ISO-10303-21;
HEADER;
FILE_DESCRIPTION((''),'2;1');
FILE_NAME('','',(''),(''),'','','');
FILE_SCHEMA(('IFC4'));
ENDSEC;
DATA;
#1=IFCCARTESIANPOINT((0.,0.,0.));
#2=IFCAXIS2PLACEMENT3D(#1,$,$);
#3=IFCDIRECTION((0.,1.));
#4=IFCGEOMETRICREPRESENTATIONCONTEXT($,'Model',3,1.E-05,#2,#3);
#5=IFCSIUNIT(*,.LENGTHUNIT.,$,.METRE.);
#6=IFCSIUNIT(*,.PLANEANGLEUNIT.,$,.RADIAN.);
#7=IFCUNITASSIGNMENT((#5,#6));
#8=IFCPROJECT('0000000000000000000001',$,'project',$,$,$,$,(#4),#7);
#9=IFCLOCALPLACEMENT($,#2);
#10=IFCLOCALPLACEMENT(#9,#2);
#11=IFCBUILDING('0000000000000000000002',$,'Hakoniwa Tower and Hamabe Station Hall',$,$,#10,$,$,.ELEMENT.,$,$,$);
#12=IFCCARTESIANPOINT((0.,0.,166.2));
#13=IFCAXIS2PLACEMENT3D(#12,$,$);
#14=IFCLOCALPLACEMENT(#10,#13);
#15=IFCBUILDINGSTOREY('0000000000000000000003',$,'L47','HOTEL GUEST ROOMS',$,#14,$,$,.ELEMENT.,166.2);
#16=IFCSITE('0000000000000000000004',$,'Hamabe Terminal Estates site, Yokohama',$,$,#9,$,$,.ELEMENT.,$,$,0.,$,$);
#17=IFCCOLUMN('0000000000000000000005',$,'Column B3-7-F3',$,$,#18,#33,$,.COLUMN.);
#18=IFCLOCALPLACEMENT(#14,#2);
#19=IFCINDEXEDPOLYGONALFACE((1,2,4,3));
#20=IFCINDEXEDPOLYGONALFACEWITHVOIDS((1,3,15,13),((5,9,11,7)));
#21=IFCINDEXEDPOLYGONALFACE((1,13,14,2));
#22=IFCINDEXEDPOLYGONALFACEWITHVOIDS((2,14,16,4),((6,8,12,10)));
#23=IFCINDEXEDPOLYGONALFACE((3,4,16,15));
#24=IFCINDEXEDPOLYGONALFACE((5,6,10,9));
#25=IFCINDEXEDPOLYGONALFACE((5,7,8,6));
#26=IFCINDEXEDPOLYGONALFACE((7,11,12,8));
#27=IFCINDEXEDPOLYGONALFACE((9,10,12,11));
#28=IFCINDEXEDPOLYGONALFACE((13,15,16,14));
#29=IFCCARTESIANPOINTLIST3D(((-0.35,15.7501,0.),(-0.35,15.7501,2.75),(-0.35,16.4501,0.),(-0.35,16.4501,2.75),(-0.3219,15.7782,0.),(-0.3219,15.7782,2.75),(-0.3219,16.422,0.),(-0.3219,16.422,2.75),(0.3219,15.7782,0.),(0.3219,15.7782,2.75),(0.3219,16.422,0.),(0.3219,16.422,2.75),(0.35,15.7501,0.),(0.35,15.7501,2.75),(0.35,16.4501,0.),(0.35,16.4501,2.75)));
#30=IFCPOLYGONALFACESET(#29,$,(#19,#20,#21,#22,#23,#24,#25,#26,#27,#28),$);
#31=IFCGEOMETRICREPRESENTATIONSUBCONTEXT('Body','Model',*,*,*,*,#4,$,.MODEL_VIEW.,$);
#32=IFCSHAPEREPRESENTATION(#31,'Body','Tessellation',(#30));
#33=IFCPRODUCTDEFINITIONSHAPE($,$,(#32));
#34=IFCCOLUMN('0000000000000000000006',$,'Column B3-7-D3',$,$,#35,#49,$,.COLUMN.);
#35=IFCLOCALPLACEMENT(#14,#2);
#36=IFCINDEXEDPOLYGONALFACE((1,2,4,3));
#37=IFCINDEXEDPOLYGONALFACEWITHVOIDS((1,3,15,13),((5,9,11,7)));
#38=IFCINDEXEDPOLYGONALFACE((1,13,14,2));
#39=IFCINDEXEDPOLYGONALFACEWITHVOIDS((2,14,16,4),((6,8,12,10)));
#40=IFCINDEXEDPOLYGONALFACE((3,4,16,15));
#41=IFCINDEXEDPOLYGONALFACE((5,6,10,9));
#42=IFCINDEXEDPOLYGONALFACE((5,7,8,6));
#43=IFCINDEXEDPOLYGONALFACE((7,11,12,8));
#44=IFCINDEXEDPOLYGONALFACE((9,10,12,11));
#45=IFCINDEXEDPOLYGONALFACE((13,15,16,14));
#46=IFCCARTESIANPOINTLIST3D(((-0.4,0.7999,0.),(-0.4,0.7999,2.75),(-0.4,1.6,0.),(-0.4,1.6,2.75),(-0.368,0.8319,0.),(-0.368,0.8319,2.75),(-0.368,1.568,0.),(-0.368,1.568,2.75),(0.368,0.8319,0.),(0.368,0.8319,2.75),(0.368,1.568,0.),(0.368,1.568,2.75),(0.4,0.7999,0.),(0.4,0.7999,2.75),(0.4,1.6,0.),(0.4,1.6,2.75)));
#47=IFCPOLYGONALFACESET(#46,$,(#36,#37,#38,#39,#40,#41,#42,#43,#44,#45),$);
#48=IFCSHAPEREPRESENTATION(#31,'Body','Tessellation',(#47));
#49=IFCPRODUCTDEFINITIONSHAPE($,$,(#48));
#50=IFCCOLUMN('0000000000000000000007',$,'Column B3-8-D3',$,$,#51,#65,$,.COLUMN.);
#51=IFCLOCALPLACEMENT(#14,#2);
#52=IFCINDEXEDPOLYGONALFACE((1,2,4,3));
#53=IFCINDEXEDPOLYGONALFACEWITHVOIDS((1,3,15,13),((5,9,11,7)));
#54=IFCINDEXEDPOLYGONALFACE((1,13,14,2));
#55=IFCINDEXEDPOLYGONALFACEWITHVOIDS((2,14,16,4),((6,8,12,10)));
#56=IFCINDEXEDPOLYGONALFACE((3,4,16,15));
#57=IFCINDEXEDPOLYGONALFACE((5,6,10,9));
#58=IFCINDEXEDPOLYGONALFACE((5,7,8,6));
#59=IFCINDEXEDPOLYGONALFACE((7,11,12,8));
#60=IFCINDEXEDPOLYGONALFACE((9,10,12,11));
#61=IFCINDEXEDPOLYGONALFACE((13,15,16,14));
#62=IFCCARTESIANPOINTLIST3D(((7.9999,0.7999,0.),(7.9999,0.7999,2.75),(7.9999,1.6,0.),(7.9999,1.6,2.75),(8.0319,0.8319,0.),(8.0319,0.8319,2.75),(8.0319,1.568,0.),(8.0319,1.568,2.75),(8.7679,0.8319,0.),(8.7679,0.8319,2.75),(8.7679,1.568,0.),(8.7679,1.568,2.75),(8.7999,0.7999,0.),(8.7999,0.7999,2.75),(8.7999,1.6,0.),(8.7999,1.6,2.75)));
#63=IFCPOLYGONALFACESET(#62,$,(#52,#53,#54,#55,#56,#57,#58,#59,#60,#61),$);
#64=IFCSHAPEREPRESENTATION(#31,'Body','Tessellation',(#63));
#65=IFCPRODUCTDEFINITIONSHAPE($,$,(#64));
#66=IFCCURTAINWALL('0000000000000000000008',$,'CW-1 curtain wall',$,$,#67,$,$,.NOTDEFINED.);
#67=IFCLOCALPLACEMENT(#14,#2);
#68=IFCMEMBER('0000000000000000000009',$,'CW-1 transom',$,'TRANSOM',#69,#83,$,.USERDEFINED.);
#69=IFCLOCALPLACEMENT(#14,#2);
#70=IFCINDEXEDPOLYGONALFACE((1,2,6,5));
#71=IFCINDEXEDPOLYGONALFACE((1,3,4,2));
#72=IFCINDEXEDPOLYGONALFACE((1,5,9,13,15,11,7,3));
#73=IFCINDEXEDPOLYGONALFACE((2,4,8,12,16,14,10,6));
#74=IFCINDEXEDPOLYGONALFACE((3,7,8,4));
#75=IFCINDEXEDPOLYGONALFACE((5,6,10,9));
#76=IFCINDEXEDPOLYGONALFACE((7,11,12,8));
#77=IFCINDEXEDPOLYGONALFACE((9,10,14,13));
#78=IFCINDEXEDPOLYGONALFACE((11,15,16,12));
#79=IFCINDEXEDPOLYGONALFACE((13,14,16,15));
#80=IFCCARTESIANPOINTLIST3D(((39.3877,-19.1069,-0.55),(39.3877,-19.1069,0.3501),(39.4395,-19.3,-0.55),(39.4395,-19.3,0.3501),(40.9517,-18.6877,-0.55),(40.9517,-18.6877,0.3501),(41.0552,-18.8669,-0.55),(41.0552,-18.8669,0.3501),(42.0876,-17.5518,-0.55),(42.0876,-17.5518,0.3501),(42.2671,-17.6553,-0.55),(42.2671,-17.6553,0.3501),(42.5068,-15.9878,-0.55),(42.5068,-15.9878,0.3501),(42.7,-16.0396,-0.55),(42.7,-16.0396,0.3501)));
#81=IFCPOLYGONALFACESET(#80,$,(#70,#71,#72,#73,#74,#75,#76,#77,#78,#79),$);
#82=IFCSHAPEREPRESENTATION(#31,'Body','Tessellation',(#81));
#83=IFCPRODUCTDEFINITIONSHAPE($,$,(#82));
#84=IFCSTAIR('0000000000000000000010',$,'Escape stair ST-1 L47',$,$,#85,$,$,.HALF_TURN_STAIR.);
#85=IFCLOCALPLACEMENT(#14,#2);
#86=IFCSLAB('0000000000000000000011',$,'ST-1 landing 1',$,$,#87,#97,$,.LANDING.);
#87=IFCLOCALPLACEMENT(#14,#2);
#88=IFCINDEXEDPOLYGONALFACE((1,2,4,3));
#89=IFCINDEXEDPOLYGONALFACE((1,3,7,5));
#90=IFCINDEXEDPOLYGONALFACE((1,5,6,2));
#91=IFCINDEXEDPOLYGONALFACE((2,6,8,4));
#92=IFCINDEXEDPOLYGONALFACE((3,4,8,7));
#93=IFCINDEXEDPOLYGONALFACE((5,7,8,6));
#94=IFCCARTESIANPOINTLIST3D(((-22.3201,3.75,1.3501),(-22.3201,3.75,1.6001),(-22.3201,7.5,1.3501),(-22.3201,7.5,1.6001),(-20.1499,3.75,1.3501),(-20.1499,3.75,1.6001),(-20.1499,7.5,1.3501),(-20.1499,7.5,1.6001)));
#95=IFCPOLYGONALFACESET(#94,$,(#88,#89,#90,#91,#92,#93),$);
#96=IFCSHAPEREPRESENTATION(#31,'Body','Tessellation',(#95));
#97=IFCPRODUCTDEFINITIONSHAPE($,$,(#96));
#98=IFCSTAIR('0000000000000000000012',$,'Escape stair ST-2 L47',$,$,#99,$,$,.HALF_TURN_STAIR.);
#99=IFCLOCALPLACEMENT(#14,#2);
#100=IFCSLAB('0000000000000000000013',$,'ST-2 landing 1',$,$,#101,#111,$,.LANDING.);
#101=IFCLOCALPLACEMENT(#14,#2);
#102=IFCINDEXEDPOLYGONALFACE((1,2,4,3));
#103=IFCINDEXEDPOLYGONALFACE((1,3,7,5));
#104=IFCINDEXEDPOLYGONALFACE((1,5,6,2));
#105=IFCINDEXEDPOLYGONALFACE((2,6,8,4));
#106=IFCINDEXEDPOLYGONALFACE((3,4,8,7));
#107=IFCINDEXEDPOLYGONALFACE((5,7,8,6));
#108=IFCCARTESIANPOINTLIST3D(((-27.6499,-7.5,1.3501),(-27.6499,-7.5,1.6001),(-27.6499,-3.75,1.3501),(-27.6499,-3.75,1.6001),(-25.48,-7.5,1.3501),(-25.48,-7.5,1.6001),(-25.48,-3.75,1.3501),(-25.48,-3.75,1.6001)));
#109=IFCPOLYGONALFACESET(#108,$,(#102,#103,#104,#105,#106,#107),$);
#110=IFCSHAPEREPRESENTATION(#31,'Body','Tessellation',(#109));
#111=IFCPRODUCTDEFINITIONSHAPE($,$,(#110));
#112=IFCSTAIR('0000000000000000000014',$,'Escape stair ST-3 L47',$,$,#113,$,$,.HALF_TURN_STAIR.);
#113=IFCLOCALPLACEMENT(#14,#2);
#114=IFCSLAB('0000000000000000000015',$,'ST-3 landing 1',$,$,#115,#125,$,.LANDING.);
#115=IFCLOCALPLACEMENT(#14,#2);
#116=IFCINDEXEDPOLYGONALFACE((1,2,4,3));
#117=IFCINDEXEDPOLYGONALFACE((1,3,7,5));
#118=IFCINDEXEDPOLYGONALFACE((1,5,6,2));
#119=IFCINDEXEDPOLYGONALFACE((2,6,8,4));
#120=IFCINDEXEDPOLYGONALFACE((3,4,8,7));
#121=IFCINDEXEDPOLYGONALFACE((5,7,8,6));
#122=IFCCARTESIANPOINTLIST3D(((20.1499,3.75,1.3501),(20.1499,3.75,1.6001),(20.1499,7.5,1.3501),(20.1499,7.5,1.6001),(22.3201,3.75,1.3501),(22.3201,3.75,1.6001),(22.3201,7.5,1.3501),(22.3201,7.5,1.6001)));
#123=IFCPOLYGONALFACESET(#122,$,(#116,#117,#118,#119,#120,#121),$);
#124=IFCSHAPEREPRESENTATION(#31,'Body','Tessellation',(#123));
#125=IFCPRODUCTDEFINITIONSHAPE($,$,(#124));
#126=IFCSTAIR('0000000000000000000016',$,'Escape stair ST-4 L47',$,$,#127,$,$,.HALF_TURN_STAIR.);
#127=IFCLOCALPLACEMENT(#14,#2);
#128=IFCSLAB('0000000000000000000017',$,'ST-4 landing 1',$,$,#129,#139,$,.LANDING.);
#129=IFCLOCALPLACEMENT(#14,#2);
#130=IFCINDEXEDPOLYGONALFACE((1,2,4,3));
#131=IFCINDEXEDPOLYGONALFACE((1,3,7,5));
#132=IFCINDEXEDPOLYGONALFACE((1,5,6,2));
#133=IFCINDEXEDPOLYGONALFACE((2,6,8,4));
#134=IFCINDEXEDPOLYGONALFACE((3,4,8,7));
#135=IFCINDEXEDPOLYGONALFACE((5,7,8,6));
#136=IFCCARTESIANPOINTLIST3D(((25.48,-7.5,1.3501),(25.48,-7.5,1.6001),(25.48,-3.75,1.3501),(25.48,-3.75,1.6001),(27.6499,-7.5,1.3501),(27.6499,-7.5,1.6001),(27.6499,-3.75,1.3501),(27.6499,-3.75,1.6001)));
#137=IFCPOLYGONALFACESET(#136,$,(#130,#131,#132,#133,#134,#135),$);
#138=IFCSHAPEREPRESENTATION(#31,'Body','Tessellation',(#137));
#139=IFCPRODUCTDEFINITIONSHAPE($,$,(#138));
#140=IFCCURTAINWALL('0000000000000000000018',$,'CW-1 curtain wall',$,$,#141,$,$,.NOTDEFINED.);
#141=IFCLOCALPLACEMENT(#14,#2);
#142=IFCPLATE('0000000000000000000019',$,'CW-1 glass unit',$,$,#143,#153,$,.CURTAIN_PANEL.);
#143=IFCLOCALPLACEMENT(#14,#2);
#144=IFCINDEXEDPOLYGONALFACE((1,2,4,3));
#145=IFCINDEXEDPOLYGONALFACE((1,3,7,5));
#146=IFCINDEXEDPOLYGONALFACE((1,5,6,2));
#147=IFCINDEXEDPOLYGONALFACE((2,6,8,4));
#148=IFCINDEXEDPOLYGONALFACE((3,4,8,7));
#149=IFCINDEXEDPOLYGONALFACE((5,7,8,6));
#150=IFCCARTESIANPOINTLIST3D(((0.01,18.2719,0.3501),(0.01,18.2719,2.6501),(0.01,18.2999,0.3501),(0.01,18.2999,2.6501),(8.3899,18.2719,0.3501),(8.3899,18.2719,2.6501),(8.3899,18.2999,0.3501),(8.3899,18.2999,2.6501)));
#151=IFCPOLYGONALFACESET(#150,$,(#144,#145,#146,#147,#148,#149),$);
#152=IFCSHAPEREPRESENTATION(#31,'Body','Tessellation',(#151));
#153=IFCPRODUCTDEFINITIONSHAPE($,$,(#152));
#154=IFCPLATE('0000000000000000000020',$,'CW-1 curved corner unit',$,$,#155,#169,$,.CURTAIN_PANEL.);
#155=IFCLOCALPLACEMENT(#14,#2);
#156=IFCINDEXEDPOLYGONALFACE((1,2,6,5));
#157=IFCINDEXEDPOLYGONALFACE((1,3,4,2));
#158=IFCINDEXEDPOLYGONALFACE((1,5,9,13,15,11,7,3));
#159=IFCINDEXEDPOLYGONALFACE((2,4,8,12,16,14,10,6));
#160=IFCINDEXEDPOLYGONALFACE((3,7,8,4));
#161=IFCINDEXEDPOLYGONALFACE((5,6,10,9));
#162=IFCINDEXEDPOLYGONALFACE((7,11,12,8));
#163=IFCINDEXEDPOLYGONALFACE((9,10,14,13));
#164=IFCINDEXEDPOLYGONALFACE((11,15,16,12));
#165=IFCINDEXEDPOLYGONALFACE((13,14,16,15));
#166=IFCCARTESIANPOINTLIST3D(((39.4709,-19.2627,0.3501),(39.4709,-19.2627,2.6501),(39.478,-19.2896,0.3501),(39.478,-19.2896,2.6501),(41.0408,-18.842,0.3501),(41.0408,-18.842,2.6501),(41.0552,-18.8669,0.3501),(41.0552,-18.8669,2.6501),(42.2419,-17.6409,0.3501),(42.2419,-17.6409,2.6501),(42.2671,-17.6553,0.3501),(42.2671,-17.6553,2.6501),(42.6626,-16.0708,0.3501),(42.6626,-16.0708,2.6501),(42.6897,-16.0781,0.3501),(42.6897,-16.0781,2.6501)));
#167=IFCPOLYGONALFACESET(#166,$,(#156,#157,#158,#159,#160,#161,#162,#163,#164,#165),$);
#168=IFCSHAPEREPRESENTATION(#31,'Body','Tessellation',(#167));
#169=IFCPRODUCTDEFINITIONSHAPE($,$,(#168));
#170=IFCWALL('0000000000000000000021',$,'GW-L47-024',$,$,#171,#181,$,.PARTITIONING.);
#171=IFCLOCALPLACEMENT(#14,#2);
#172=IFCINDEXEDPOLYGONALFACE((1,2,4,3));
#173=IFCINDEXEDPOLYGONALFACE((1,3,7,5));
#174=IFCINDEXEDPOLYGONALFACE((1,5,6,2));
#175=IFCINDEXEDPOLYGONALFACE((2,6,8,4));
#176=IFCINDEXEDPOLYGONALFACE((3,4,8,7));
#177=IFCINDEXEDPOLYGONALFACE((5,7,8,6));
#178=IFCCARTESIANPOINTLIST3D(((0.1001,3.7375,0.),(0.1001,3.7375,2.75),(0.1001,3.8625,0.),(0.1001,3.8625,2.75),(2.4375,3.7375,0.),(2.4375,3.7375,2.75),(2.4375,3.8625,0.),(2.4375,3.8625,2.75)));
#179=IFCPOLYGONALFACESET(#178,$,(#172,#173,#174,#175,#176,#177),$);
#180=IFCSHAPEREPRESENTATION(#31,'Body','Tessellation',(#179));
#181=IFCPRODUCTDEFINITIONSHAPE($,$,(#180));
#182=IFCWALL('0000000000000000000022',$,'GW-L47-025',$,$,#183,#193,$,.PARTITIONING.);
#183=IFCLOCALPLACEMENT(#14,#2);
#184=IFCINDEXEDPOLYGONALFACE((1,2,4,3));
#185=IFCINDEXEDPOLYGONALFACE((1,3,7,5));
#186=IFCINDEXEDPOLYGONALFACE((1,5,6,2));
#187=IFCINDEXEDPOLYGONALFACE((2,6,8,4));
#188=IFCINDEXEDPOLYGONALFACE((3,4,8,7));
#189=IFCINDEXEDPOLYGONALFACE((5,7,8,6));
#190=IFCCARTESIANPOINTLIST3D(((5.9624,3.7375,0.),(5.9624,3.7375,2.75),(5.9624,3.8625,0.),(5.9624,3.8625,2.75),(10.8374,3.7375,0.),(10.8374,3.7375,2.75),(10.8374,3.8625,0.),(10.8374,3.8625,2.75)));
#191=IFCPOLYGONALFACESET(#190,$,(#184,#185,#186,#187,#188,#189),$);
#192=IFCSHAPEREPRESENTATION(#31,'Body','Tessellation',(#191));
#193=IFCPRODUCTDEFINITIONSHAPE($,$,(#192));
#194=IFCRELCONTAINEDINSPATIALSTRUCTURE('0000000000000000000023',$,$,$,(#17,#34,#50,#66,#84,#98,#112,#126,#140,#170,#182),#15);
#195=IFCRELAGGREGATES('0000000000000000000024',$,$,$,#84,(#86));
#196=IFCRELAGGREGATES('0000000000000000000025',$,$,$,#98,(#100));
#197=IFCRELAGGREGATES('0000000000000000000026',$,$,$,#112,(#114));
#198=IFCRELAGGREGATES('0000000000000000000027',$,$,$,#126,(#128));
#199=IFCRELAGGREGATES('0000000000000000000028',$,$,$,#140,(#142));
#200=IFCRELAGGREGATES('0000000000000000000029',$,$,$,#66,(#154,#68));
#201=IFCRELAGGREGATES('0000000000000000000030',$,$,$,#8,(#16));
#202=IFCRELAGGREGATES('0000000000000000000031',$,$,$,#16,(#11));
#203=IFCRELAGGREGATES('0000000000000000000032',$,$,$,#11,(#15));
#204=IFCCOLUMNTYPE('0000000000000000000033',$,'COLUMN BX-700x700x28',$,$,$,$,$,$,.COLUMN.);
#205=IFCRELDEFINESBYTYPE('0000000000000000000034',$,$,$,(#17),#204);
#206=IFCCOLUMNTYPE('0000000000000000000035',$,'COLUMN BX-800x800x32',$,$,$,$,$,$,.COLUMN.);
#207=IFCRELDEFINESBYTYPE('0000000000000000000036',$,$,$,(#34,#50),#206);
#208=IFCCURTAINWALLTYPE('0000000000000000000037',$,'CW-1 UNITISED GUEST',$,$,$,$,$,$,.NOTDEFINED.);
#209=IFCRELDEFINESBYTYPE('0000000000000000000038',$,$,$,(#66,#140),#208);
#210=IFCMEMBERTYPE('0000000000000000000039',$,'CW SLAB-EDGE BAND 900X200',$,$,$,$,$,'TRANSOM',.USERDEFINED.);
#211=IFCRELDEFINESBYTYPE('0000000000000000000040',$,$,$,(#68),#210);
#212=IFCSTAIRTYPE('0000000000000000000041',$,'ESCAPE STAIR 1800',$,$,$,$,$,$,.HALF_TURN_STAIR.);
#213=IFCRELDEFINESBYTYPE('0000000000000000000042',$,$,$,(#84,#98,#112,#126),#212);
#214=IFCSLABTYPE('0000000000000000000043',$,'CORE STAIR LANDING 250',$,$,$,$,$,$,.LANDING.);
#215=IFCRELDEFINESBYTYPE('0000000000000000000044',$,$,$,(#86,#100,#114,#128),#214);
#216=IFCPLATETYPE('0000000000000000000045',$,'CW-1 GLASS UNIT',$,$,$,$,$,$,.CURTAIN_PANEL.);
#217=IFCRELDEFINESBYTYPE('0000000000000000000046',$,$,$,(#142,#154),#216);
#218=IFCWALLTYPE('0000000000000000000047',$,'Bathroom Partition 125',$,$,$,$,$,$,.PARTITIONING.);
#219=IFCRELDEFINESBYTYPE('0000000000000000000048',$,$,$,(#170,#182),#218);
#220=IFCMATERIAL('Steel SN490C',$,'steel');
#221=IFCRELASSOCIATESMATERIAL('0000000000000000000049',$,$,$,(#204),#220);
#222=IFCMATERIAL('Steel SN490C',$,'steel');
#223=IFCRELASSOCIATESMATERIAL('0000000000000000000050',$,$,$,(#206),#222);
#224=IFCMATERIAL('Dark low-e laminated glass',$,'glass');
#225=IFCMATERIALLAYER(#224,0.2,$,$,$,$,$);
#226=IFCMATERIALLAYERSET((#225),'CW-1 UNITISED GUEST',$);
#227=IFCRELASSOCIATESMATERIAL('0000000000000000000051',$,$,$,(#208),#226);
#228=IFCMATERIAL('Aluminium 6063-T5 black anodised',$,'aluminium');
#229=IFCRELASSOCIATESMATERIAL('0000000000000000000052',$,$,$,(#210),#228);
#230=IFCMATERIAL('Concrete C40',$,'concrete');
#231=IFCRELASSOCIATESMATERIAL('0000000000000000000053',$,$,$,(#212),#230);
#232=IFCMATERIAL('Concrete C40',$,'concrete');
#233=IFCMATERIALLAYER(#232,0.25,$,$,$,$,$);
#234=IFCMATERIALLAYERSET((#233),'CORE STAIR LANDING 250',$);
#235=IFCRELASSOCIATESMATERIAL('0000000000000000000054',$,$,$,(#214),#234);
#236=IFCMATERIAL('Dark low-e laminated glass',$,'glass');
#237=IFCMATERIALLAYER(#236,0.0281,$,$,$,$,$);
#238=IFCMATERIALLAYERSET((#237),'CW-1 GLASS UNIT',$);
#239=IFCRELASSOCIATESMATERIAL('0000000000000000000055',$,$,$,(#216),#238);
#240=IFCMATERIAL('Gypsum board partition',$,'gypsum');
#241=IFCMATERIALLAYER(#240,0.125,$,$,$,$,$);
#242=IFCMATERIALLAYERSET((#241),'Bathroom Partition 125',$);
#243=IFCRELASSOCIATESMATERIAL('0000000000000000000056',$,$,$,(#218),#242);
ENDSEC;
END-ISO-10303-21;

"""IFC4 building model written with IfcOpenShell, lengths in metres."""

from ifc_helpers import new_model, si_unit, direction, frame, frame_2d, origin, origin_2d, place, context, subcontext, project, spatial, polyline, rectangle, hollow_rectangle, outline, extrude, material, layer, layer_set, material_profile, profile_set, type_object, element, aggregate, save


model = new_model("IFC4")

# Units and contexts
model_context = context("Model", 3, precision=1e-05, world=origin(), true_north=direction((0.0, 1.0)))
body_context = subcontext(model_context, "Body", "Model", "MODEL_VIEW")
ifc_project = project(units=[si_unit("LENGTHUNIT", "METRE"), si_unit("PLANEANGLEUNIT", "RADIAN")], contexts=[model_context])

# Site, building, storey
site_placement = place(None, origin())
site = spatial("IfcSite", under=ifc_project, at=site_placement, Name="Hamabe Terminal Estates site, Yokohama", CompositionType="ELEMENT", RefElevation=0.0)
building_placement = place(site_placement, origin())
building = spatial("IfcBuilding", under=site, at=building_placement, Name="Hakoniwa Tower and Hamabe Station Hall", CompositionType="ELEMENT")
storey_placement = place(building_placement, frame((0.0, 0.0, 166.2)))
storey = spatial("IfcBuildingStorey", under=building, at=storey_placement, Name="L47", Description="HOTEL GUEST ROOMS", CompositionType="ELEMENT", Elevation=166.2)

# Columns
ifc_material_1 = material(Name="Steel SN490C", Category="steel")
ifc_material_profile_1 = material_profile(ifc_material_1, hollow_rectangle(XDim=0.7, YDim=0.7, WallThickness=0.0281, at=origin_2d()), Name="BX-700x700x28")
ifc_profile_set_1 = profile_set([ifc_material_profile_1], Name="Steel SN490C")
column_type_1 = type_object("IfcColumnType", Name="COLUMN BX-700x700x28", PredefinedType="COLUMN", material=ifc_profile_set_1)
column_placement = place(storey_placement, frame((0.0, 16.1001, 0.0), z_axis=(0.0, 0.0, 1.0), x_axis=(1.0, 0.0, 0.0)))
element("IfcColumn", 1, at=column_placement, inside=storey, type_object=column_type_1, Name="Column B3-7-F3", PredefinedType="COLUMN", context=body_context, shape_type="SweptSolid", body=[
    extrude(hollow_rectangle(XDim=0.7, YDim=0.7, WallThickness=0.0281, at=origin_2d()), origin(), (0.0, 0.0, 1.0), 2.75),
])
ifc_material_2 = material(Name="Steel SN490C", Category="steel")
ifc_material_profile_2 = material_profile(ifc_material_2, hollow_rectangle(XDim=0.8, YDim=0.8, WallThickness=0.032, at=origin_2d()), Name="BX-800x800x32")
ifc_profile_set_2 = profile_set([ifc_material_profile_2], Name="Steel SN490C")
column_type_2 = type_object("IfcColumnType", Name="COLUMN BX-800x800x32", PredefinedType="COLUMN", material=ifc_profile_set_2)
for number, where, z_axis, x_axis, name in (
    (2, (0.0, 1.2, 0.0), (0.0, 0.0, 1.0), (1.0, 0.0, 0.0), "Column B3-7-D3"),
    (3, (8.3999, 1.2, 0.0), (0.0, 0.0, 1.0), (1.0, 0.0, 0.0), "Column B3-8-D3"),
):
    element("IfcColumn", number, at=place(storey_placement, frame(where, z_axis=z_axis, x_axis=x_axis)), inside=storey, type_object=column_type_2, Name=name, PredefinedType="COLUMN", context=body_context, shape_type="SweptSolid", body=[
        extrude(hollow_rectangle(XDim=0.8, YDim=0.8, WallThickness=0.032, at=origin_2d()), origin(), (0.0, 0.0, 1.0), 2.75),
    ])

# Curtain wall, member
ifc_material_3 = material(Name="Dark low-e laminated glass", Category="glass")
ifc_layer_1 = layer(ifc_material_3, 0.2)
ifc_layer_set_1 = layer_set([ifc_layer_1], Name="CW-1 UNITISED GUEST")
curtain_wall_type = type_object("IfcCurtainWallType", Name="CW-1 UNITISED GUEST", PredefinedType="NOTDEFINED", material=ifc_layer_set_1)
curtain_wall_1_placement = place(storey_placement, origin())
curtain_wall_1 = element("IfcCurtainWall", 4, at=curtain_wall_1_placement, inside=storey, type_object=curtain_wall_type, Name="CW-1 curtain wall", PredefinedType="NOTDEFINED")
ifc_material_4 = material(Name="Aluminium 6063-T5 black anodised", Category="aluminium")
ifc_material_profile_3 = material_profile(ifc_material_4, rectangle(XDim=0.2, YDim=0.8999, at=origin_2d()), Name="CW SLAB-EDGE BAND 900X200")
ifc_profile_set_3 = profile_set([ifc_material_profile_3], Name="Aluminium 6063-T5 black anodised")
member_type = type_object("IfcMemberType", Name="CW SLAB-EDGE BAND 900X200", ElementType="TRANSOM", PredefinedType="USERDEFINED", material=ifc_profile_set_3)
member_placement = place(storey_placement, frame((0.0, 0.0, -0.55)))
member = element("IfcMember", 5, at=member_placement, type_object=member_type, Name="CW-1 transom", ObjectType="TRANSOM", PredefinedType="USERDEFINED", context=body_context, shape_type="SweptSolid", body=[
    extrude(outline(polyline([(39.4395, -19.3), (41.0552, -18.8669), (42.2671, -17.6553), (42.7, -16.0396), (42.5068, -15.9878), (42.0876, -17.5518), (40.9517, -18.6877), (39.3877, -19.1069), (39.4395, -19.3)])), origin(), (0.0, 0.0, 1.0), 0.9001),
])

# Stairs, slabs
ifc_material_5 = material(Name="Concrete C40", Category="concrete")
stair_type = type_object("IfcStairType", Name="ESCAPE STAIR 1800", PredefinedType="HALF_TURN_STAIR", material=ifc_material_5)
stair_1_placement = place(storey_placement, origin())
stair_1 = element("IfcStair", 6, at=stair_1_placement, inside=storey, type_object=stair_type, Name="Escape stair ST-1 L47", PredefinedType="HALF_TURN_STAIR")
ifc_material_6 = material(Name="Concrete C40", Category="concrete")
ifc_layer_2 = layer(ifc_material_6, 0.25)
ifc_layer_set_2 = layer_set([ifc_layer_2], Name="CORE STAIR LANDING 250")
slab_type = type_object("IfcSlabType", Name="CORE STAIR LANDING 250", PredefinedType="LANDING", material=ifc_layer_set_2)
slab_1_placement = place(storey_placement, frame((0.0, 0.0, 1.3501)))
slab_1 = element("IfcSlab", 7, at=slab_1_placement, type_object=slab_type, Name="ST-1 landing 1", PredefinedType="LANDING", context=body_context, shape_type="SweptSolid", body=[
    extrude(outline(polyline([(-22.3201, 3.75), (-20.1499, 3.75), (-20.1499, 7.5), (-22.3201, 7.5), (-22.3201, 3.75)])), origin(), (0.0, 0.0, 1.0), 0.25),
])
aggregate(stair_1, [slab_1])
stair_2_placement = place(storey_placement, origin())
stair_2 = element("IfcStair", 8, at=stair_2_placement, inside=storey, type_object=stair_type, Name="Escape stair ST-2 L47", PredefinedType="HALF_TURN_STAIR")
slab_2_placement = place(storey_placement, frame((0.0, 0.0, 1.3501)))
slab_2 = element("IfcSlab", 9, at=slab_2_placement, type_object=slab_type, Name="ST-2 landing 1", PredefinedType="LANDING", context=body_context, shape_type="SweptSolid", body=[
    extrude(outline(polyline([(-25.48, -7.5), (-27.6499, -7.5), (-27.6499, -3.75), (-25.48, -3.75), (-25.48, -7.5)])), origin(), (0.0, 0.0, 1.0), 0.25),
])
aggregate(stair_2, [slab_2])
stair_3_placement = place(storey_placement, origin())
stair_3 = element("IfcStair", 10, at=stair_3_placement, inside=storey, type_object=stair_type, Name="Escape stair ST-3 L47", PredefinedType="HALF_TURN_STAIR")
slab_3_placement = place(storey_placement, frame((0.0, 0.0, 1.3501)))
slab_3 = element("IfcSlab", 11, at=slab_3_placement, type_object=slab_type, Name="ST-3 landing 1", PredefinedType="LANDING", context=body_context, shape_type="SweptSolid", body=[
    extrude(outline(polyline([(22.3201, 3.75), (20.1499, 3.75), (20.1499, 7.5), (22.3201, 7.5), (22.3201, 3.75)])), origin(), (0.0, 0.0, 1.0), 0.25),
])
aggregate(stair_3, [slab_3])
stair_4_placement = place(storey_placement, origin())
stair_4 = element("IfcStair", 12, at=stair_4_placement, inside=storey, type_object=stair_type, Name="Escape stair ST-4 L47", PredefinedType="HALF_TURN_STAIR")
slab_4_placement = place(storey_placement, frame((0.0, 0.0, 1.3501)))
slab_4 = element("IfcSlab", 13, at=slab_4_placement, type_object=slab_type, Name="ST-4 landing 1", PredefinedType="LANDING", context=body_context, shape_type="SweptSolid", body=[
    extrude(outline(polyline([(25.48, -7.5), (27.6499, -7.5), (27.6499, -3.75), (25.48, -3.75), (25.48, -7.5)])), origin(), (0.0, 0.0, 1.0), 0.25),
])
aggregate(stair_4, [slab_4])

# Curtain wall, plate
curtain_wall_2_placement = place(storey_placement, origin())
curtain_wall_2 = element("IfcCurtainWall", 14, at=curtain_wall_2_placement, inside=storey, type_object=curtain_wall_type, Name="CW-1 curtain wall", PredefinedType="NOTDEFINED")
ifc_material_7 = material(Name="Dark low-e laminated glass", Category="glass")
ifc_layer_3 = layer(ifc_material_7, 0.0281)
ifc_layer_set_3 = layer_set([ifc_layer_3], Name="CW-1 GLASS UNIT")
plate_type = type_object("IfcPlateType", Name="CW-1 GLASS UNIT", PredefinedType="CURTAIN_PANEL", material=ifc_layer_set_3)
plate_1_placement = place(storey_placement, frame((4.2, 18.2859, 0.3501), z_axis=(0.0, 0.0, 1.0), x_axis=(-1.0, 0.0, 0.0)))
plate_1 = element("IfcPlate", 15, at=plate_1_placement, type_object=plate_type, Name="CW-1 glass unit", PredefinedType="CURTAIN_PANEL", context=body_context, shape_type="SweptSolid", body=[
    extrude(rectangle(XDim=8.3799, YDim=0.0281, at=origin_2d()), origin(), (0.0, 0.0, 1.0), 2.3),
])
aggregate(curtain_wall_2, [plate_1])

# Plate
plate_2_placement = place(storey_placement, frame((0.0, 0.0, 0.3501)))
plate_2 = element("IfcPlate", 16, at=plate_2_placement, type_object=plate_type, Name="CW-1 curved corner unit", PredefinedType="CURTAIN_PANEL", context=body_context, shape_type="SweptSolid", body=[
    extrude(outline(polyline([(39.478, -19.2896), (41.0552, -18.8669), (42.2671, -17.6553), (42.6897, -16.0781), (42.6626, -16.0708), (42.2419, -17.6409), (41.0408, -18.842), (39.4709, -19.2627), (39.478, -19.2896)])), origin(), (0.0, 0.0, 1.0), 2.3),
])
aggregate(curtain_wall_1, [plate_2, member])

# Walls
ifc_material_8 = material(Name="Gypsum board partition", Category="gypsum")
ifc_layer_4 = layer(ifc_material_8, 0.125)
ifc_layer_set_4 = layer_set([ifc_layer_4], Name="Bathroom Partition 125")
wall_type_1 = type_object("IfcWallType", Name="Bathroom Partition 125", PredefinedType="PARTITIONING", material=ifc_layer_set_4)
wall_1_placement = place(storey_placement, frame((0.1001, 3.8, 0.0), z_axis=(0.0, 0.0, 1.0), x_axis=(1.0, 0.0, 0.0)))
element("IfcWall", 17, at=wall_1_placement, inside=storey, type_object=wall_type_1, Name="GW-L47-024", PredefinedType="PARTITIONING", context=body_context, shape_type="SweptSolid", body=[
    extrude(rectangle(XDim=2.3374, YDim=0.125, at=frame_2d((1.1687, 0.0))), origin(), (0.0, 0.0, 1.0), 2.75),
])
wall_2_placement = place(storey_placement, frame((5.9624, 3.8, 0.0), z_axis=(0.0, 0.0, 1.0), x_axis=(1.0, 0.0, 0.0)))
element("IfcWall", 18, at=wall_2_placement, inside=storey, type_object=wall_type_1, Name="GW-L47-025", PredefinedType="PARTITIONING", context=body_context, shape_type="SweptSolid", body=[
    extrude(rectangle(XDim=4.875, YDim=0.125, at=frame_2d((2.4375, 0.0))), origin(), (0.0, 0.0, 1.0), 2.75),
])

save(model, "model.ifc")
